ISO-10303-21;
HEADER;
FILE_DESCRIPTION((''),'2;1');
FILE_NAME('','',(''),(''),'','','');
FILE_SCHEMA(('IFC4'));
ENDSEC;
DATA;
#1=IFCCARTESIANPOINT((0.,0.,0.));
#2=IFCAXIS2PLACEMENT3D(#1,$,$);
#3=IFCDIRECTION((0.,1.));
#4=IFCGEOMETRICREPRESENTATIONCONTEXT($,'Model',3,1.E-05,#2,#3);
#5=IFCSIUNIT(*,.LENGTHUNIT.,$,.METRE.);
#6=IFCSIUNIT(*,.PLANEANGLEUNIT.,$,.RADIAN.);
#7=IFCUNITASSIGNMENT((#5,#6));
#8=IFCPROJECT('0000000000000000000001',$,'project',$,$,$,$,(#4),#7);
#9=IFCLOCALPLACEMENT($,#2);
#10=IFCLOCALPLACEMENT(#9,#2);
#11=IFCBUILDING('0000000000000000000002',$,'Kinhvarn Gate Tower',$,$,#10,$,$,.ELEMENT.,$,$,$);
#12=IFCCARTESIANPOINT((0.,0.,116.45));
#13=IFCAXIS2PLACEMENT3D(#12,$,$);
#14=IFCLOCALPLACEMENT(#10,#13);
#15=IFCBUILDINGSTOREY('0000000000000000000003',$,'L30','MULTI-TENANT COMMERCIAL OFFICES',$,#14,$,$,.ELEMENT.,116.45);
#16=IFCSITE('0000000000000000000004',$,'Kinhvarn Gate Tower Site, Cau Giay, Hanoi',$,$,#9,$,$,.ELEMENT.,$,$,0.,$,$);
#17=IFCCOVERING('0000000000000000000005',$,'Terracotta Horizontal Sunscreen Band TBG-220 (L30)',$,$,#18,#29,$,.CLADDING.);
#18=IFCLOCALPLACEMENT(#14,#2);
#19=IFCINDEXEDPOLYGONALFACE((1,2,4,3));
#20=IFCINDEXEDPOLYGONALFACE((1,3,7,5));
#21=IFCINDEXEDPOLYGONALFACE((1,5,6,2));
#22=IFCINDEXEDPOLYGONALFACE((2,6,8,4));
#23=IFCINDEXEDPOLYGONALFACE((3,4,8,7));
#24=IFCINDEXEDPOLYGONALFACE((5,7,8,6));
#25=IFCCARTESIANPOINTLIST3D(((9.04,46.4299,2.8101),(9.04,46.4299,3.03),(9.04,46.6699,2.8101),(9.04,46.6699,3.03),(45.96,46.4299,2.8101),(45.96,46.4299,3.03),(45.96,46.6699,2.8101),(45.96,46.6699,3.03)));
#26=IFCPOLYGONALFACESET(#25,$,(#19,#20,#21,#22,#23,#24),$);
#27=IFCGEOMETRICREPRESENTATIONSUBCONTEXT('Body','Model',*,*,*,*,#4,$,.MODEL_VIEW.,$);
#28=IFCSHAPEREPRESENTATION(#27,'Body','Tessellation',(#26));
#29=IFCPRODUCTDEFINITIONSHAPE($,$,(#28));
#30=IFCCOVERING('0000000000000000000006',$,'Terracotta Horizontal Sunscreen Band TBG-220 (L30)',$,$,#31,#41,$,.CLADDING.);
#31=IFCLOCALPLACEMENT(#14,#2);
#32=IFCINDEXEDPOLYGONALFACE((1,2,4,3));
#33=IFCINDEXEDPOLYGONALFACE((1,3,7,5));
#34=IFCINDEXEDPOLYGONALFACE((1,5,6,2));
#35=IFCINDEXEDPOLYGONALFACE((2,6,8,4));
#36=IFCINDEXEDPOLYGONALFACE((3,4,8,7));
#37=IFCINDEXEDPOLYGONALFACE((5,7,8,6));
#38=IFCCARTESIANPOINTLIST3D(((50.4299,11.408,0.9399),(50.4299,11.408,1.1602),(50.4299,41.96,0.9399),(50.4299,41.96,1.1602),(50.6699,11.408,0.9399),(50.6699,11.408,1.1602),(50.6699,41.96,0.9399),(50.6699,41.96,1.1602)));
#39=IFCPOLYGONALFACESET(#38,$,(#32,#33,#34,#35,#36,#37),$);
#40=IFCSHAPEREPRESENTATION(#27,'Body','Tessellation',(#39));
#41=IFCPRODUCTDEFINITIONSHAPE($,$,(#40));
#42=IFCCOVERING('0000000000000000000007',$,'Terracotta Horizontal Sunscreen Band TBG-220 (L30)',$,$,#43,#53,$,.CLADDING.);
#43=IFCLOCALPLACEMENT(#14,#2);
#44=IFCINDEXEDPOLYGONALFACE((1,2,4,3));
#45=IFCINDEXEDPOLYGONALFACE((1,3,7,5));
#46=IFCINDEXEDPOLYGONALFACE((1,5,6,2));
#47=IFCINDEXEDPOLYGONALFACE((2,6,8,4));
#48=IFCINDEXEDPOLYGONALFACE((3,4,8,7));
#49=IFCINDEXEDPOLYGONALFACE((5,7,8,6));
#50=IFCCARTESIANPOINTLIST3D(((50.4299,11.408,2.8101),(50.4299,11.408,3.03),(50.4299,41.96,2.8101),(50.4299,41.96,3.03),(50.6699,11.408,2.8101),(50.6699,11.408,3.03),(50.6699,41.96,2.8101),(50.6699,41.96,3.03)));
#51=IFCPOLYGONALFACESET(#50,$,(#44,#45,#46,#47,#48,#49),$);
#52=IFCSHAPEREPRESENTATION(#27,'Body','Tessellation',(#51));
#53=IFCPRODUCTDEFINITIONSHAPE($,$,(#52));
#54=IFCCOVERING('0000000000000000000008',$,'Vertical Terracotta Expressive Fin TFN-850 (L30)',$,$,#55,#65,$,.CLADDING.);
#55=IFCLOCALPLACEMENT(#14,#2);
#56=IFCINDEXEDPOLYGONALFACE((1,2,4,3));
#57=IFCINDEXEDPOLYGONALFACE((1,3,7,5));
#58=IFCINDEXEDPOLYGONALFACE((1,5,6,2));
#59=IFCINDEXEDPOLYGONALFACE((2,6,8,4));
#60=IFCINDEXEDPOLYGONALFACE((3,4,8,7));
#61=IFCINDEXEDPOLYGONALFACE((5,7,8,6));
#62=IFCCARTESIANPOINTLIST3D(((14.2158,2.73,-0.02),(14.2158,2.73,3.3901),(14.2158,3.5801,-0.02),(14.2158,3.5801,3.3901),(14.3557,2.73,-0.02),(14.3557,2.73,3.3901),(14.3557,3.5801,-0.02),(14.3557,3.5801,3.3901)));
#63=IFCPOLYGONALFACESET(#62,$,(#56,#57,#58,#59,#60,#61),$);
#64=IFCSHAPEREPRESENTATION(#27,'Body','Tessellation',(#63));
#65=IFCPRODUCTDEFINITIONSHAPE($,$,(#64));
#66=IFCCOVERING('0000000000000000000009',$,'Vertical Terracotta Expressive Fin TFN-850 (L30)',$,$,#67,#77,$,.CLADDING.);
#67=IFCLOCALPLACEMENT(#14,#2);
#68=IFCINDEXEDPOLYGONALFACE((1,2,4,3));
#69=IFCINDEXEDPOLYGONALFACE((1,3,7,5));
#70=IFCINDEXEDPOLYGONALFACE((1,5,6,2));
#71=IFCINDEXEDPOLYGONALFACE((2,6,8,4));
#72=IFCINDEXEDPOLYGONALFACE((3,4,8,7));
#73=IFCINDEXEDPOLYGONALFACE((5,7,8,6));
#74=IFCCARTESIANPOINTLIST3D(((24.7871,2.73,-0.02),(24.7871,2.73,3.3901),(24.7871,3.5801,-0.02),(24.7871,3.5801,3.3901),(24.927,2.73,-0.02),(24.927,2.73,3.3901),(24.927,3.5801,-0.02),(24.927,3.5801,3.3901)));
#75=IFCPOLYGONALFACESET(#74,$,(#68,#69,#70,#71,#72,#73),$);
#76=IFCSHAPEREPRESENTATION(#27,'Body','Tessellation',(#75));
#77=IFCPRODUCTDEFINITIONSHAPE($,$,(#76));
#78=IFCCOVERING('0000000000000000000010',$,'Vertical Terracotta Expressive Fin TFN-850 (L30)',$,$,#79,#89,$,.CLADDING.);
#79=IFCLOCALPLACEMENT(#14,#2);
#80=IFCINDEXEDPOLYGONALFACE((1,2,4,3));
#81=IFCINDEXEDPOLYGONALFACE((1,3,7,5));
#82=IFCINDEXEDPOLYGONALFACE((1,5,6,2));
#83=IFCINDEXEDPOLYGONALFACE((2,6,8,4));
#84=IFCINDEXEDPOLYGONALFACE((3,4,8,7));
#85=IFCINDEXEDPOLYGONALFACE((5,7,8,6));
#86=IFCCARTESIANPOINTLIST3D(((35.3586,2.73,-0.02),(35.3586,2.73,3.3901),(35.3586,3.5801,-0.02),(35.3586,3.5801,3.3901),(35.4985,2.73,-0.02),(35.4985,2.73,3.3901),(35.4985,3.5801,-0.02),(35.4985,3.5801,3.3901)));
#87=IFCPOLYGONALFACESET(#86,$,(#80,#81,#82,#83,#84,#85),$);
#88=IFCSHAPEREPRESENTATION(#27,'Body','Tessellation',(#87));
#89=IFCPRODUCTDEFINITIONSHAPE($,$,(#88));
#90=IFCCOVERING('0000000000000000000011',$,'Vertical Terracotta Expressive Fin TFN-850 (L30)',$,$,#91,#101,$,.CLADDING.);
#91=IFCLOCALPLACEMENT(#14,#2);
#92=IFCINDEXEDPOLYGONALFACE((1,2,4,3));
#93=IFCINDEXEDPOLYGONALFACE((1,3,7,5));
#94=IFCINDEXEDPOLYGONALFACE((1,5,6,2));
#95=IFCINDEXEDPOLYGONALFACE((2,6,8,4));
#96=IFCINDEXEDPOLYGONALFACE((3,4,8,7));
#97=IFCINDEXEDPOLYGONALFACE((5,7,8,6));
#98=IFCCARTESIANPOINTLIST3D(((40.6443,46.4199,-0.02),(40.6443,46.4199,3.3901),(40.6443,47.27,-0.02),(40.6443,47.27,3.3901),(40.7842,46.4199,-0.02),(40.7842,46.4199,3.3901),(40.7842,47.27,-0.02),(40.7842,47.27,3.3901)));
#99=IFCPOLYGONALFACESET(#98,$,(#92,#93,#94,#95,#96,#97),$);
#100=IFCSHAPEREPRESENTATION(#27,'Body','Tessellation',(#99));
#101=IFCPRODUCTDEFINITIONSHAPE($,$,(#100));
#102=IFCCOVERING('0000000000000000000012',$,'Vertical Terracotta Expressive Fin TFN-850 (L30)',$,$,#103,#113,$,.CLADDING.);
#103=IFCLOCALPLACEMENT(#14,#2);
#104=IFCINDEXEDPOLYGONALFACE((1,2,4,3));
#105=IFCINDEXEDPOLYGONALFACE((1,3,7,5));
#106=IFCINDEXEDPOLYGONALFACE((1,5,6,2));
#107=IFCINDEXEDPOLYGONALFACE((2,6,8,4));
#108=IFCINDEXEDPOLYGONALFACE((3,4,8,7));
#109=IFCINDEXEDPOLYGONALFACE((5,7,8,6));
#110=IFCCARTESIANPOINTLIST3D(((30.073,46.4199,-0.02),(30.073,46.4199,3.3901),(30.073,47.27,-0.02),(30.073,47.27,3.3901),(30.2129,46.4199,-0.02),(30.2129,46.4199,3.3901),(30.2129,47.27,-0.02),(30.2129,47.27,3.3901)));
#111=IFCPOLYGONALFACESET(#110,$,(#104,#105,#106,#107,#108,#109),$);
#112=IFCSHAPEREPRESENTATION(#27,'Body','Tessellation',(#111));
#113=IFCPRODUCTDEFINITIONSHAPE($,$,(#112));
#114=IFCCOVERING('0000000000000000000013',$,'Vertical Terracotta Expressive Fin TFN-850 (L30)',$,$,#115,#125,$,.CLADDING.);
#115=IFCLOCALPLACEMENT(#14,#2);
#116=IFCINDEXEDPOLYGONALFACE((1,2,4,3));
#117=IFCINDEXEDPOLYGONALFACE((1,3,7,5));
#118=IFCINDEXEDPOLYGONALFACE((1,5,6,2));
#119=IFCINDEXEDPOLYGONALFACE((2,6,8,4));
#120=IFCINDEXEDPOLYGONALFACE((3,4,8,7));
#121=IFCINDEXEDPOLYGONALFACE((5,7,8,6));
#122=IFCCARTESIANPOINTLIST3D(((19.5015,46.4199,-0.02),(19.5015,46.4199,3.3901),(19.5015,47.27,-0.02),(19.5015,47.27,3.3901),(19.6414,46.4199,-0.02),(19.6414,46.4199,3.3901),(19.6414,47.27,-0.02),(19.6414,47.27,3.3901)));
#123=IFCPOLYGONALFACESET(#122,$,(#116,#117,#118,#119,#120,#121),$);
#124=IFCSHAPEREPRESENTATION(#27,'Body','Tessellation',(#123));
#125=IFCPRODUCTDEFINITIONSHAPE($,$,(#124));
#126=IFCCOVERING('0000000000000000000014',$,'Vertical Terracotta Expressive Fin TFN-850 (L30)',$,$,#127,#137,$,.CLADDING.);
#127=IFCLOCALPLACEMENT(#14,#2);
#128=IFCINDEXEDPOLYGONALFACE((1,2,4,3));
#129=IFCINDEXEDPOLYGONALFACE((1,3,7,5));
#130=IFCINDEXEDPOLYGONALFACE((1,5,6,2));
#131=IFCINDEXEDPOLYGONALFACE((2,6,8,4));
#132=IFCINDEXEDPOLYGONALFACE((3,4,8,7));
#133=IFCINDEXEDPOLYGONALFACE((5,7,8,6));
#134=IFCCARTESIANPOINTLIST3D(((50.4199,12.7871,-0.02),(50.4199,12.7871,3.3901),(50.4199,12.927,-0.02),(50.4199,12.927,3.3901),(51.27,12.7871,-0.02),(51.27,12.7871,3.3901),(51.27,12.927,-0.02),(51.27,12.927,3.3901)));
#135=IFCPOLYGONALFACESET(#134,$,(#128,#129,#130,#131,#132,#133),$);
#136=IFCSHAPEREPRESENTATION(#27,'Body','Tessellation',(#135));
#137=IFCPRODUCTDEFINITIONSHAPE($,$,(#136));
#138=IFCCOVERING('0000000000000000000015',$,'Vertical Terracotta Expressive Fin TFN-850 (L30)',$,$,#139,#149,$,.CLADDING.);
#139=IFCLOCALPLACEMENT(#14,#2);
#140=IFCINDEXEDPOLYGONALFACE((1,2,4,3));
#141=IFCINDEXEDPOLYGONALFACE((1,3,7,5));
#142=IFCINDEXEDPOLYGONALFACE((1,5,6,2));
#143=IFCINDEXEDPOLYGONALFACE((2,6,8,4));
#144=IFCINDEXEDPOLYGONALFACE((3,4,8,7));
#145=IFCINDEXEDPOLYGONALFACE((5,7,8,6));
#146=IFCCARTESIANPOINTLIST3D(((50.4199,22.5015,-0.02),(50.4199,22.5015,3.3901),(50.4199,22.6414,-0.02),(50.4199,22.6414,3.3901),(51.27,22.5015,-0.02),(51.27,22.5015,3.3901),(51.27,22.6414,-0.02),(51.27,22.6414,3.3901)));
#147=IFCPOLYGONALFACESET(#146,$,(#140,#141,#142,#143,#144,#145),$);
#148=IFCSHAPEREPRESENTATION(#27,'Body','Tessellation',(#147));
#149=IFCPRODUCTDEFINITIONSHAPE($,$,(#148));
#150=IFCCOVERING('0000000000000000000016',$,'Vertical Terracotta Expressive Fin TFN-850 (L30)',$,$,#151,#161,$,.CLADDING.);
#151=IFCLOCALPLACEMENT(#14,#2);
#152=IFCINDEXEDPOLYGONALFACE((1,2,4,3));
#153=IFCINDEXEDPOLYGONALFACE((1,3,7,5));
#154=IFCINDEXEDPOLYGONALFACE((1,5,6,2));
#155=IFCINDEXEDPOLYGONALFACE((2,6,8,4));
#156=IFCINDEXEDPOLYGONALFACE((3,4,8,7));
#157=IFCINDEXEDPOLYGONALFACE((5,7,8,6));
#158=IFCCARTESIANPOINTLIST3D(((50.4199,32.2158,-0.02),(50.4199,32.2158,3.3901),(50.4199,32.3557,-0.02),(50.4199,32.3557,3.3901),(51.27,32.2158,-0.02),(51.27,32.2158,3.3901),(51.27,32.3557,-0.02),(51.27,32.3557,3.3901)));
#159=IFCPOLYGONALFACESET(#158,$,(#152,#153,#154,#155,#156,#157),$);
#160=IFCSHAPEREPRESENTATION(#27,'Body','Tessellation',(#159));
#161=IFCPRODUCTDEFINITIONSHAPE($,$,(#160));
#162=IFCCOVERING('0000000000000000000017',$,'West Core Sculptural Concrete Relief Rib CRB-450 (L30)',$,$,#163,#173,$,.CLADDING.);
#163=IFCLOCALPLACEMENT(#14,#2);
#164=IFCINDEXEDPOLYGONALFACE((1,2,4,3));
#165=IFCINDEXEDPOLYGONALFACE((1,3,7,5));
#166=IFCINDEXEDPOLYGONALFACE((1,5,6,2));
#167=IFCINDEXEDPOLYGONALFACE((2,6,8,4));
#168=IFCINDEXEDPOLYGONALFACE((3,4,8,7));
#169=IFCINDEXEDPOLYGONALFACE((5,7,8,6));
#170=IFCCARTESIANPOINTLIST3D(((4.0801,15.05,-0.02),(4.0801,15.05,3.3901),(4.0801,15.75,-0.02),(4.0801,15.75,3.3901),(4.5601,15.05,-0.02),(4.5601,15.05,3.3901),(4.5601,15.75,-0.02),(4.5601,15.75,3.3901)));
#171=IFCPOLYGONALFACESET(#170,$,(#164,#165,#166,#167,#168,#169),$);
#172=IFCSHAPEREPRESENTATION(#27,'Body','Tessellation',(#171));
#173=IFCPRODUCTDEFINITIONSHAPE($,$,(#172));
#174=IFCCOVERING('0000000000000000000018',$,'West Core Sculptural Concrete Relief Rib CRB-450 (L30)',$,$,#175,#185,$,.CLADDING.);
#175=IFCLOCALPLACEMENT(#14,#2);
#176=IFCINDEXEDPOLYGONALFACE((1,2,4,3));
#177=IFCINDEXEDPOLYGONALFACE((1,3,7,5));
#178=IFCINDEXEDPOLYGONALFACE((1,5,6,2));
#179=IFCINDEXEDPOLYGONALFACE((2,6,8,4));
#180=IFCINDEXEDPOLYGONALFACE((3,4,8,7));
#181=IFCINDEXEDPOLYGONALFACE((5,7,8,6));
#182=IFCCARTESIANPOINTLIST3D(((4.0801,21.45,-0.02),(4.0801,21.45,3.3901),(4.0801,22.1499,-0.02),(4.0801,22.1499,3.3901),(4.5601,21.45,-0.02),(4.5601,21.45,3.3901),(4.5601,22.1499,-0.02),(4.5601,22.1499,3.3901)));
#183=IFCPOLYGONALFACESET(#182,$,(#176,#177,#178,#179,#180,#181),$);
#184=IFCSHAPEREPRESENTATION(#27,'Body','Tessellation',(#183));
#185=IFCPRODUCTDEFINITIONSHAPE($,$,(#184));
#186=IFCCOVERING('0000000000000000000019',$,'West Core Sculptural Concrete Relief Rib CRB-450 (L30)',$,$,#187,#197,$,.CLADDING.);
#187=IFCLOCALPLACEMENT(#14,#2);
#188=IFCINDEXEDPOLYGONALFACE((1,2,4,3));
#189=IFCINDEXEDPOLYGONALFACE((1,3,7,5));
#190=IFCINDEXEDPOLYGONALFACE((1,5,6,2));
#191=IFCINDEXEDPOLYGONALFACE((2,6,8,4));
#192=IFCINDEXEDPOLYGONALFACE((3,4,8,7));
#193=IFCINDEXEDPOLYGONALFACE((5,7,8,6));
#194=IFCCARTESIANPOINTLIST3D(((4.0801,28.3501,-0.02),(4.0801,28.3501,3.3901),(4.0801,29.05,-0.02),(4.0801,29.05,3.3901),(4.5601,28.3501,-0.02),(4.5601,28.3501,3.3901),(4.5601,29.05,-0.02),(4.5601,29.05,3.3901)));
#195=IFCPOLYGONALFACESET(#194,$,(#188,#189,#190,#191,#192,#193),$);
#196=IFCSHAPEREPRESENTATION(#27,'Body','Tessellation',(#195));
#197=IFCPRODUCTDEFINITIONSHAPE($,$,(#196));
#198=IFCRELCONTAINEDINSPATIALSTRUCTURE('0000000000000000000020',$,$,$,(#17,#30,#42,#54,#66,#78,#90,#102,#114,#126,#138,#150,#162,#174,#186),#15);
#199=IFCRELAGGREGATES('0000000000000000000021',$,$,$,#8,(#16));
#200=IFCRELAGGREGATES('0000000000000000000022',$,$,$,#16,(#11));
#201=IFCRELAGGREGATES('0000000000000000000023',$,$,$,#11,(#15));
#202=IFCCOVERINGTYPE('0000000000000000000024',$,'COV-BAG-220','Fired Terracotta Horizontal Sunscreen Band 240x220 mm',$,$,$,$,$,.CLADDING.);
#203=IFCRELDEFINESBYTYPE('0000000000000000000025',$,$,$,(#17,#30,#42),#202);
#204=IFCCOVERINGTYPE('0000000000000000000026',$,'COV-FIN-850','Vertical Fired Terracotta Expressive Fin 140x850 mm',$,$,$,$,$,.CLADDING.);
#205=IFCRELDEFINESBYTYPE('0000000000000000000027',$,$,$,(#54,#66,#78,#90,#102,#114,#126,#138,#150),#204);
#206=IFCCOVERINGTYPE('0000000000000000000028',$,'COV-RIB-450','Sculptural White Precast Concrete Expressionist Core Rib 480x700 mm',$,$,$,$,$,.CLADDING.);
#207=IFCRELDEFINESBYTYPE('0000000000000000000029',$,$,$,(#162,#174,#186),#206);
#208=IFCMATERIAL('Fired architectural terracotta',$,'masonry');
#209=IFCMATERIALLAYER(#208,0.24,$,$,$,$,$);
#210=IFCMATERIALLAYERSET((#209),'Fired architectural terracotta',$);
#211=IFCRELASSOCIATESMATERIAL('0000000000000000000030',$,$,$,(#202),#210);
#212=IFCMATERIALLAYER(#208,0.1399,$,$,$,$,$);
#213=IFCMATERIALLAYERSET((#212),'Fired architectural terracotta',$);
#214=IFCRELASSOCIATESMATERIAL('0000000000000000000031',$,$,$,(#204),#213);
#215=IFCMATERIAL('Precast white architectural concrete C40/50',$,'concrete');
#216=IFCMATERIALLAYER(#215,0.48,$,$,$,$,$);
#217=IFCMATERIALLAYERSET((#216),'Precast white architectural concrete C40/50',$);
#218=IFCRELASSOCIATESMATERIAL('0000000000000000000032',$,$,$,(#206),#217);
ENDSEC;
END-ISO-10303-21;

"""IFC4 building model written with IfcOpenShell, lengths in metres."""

from ifc_helpers import new_model, si_unit, direction, frame, origin, place, context, subcontext, project, spatial, polyline, outline, extrude, material, layer, layer_set, type_object, element, save


model = new_model("IFC4")

# Units and contexts
model_context = context("Model", 3, precision=1e-05, world=origin(), true_north=direction((0.0, 1.0)))
body_context = subcontext(model_context, "Body", "Model", "MODEL_VIEW")
ifc_project = project(units=[si_unit("LENGTHUNIT", "METRE"), si_unit("PLANEANGLEUNIT", "RADIAN")], contexts=[model_context])

# Site, building, storey
site_placement = place(None, origin())
site = spatial("IfcSite", under=ifc_project, at=site_placement, Name="Kinhvarn Gate Tower Site, Cau Giay, Hanoi", CompositionType="ELEMENT", RefElevation=0.0)
building_placement = place(site_placement, origin())
building = spatial("IfcBuilding", under=site, at=building_placement, Name="Kinhvarn Gate Tower", CompositionType="ELEMENT")
storey_placement = place(building_placement, frame((0.0, 0.0, 116.45)))
storey = spatial("IfcBuildingStorey", under=building, at=storey_placement, Name="L30", Description="MULTI-TENANT COMMERCIAL OFFICES", CompositionType="ELEMENT", Elevation=116.45)

# Shared definitions
ifc_material_1 = material(Name="Precast white architectural concrete C40/50", Category="concrete")

# Coverings
ifc_material_2 = material(Name="Fired architectural terracotta", Category="masonry")
ifc_layer_1 = layer(ifc_material_2, 0.24)
ifc_layer_set_1 = layer_set([ifc_layer_1], Name="Fired architectural terracotta")
covering_type_1 = type_object("IfcCoveringType", Name="COV-BAG-220", Description="Fired Terracotta Horizontal Sunscreen Band 240x220 mm", PredefinedType="CLADDING", material=ifc_layer_set_1)
covering_1_placement = place(storey_placement, frame((0.0, 0.0, 2.8101)))
element("IfcCovering", 1, at=covering_1_placement, inside=storey, type_object=covering_type_1, Name="Terracotta Horizontal Sunscreen Band TBG-220 (L30)", PredefinedType="CLADDING", context=body_context, shape_type="SweptSolid", body=[
    extrude(outline(polyline([(45.96, 46.4299), (9.04, 46.4299), (9.04, 46.6699), (45.96, 46.6699), (45.96, 46.4299)])), origin(), (0.0, 0.0, 1.0), 0.22),
])
covering_2_placement = place(storey_placement, frame((0.0, 0.0, 0.9399)))
element("IfcCovering", 2, at=covering_2_placement, inside=storey, type_object=covering_type_1, Name="Terracotta Horizontal Sunscreen Band TBG-220 (L30)", PredefinedType="CLADDING", context=body_context, shape_type="SweptSolid", body=[
    extrude(outline(polyline([(50.4299, 11.408), (50.4299, 41.96), (50.6699, 41.96), (50.6699, 11.408), (50.4299, 11.408)])), origin(), (0.0, 0.0, 1.0), 0.2202),
])
covering_3_placement = place(storey_placement, frame((0.0, 0.0, 2.8101)))
element("IfcCovering", 3, at=covering_3_placement, inside=storey, type_object=covering_type_1, Name="Terracotta Horizontal Sunscreen Band TBG-220 (L30)", PredefinedType="CLADDING", context=body_context, shape_type="SweptSolid", body=[
    extrude(outline(polyline([(50.4299, 11.408), (50.4299, 41.96), (50.6699, 41.96), (50.6699, 11.408), (50.4299, 11.408)])), origin(), (0.0, 0.0, 1.0), 0.22),
])
ifc_layer_2 = layer(ifc_material_2, 0.1399)
ifc_layer_set_2 = layer_set([ifc_layer_2], Name="Fired architectural terracotta")
covering_type_2 = type_object("IfcCoveringType", Name="COV-FIN-850", Description="Vertical Fired Terracotta Expressive Fin 140x850 mm", PredefinedType="CLADDING", material=ifc_layer_set_2)
covering_4_placement = place(storey_placement, frame((0.0, 0.0, -0.02)))
element("IfcCovering", 4, at=covering_4_placement, inside=storey, type_object=covering_type_2, Name="Vertical Terracotta Expressive Fin TFN-850 (L30)", PredefinedType="CLADDING", context=body_context, shape_type="SweptSolid", body=[
    extrude(outline(polyline([(14.2158, 3.5801), (14.3557, 3.5801), (14.3557, 2.73), (14.2158, 2.73), (14.2158, 3.5801)])), origin(), (0.0, 0.0, 1.0), 3.4102),
])
covering_5_placement = place(storey_placement, frame((0.0, 0.0, -0.02)))
element("IfcCovering", 5, at=covering_5_placement, inside=storey, type_object=covering_type_2, Name="Vertical Terracotta Expressive Fin TFN-850 (L30)", PredefinedType="CLADDING", context=body_context, shape_type="SweptSolid", body=[
    extrude(outline(polyline([(24.7871, 3.5801), (24.927, 3.5801), (24.927, 2.73), (24.7871, 2.73), (24.7871, 3.5801)])), origin(), (0.0, 0.0, 1.0), 3.4102),
])
covering_6_placement = place(storey_placement, frame((0.0, 0.0, -0.02)))
element("IfcCovering", 6, at=covering_6_placement, inside=storey, type_object=covering_type_2, Name="Vertical Terracotta Expressive Fin TFN-850 (L30)", PredefinedType="CLADDING", context=body_context, shape_type="SweptSolid", body=[
    extrude(outline(polyline([(35.3586, 3.5801), (35.4985, 3.5801), (35.4985, 2.73), (35.3586, 2.73), (35.3586, 3.5801)])), origin(), (0.0, 0.0, 1.0), 3.4102),
])
covering_7_placement = place(storey_placement, frame((0.0, 0.0, -0.02)))
element("IfcCovering", 7, at=covering_7_placement, inside=storey, type_object=covering_type_2, Name="Vertical Terracotta Expressive Fin TFN-850 (L30)", PredefinedType="CLADDING", context=body_context, shape_type="SweptSolid", body=[
    extrude(outline(polyline([(40.7842, 46.4199), (40.6443, 46.4199), (40.6443, 47.27), (40.7842, 47.27), (40.7842, 46.4199)])), origin(), (0.0, 0.0, 1.0), 3.4102),
])
covering_8_placement = place(storey_placement, frame((0.0, 0.0, -0.02)))
element("IfcCovering", 8, at=covering_8_placement, inside=storey, type_object=covering_type_2, Name="Vertical Terracotta Expressive Fin TFN-850 (L30)", PredefinedType="CLADDING", context=body_context, shape_type="SweptSolid", body=[
    extrude(outline(polyline([(30.2129, 46.4199), (30.073, 46.4199), (30.073, 47.27), (30.2129, 47.27), (30.2129, 46.4199)])), origin(), (0.0, 0.0, 1.0), 3.4102),
])
covering_9_placement = place(storey_placement, frame((0.0, 0.0, -0.02)))
element("IfcCovering", 9, at=covering_9_placement, inside=storey, type_object=covering_type_2, Name="Vertical Terracotta Expressive Fin TFN-850 (L30)", PredefinedType="CLADDING", context=body_context, shape_type="SweptSolid", body=[
    extrude(outline(polyline([(19.6414, 46.4199), (19.5015, 46.4199), (19.5015, 47.27), (19.6414, 47.27), (19.6414, 46.4199)])), origin(), (0.0, 0.0, 1.0), 3.4102),
])
covering_10_placement = place(storey_placement, frame((0.0, 0.0, -0.02)))
element("IfcCovering", 10, at=covering_10_placement, inside=storey, type_object=covering_type_2, Name="Vertical Terracotta Expressive Fin TFN-850 (L30)", PredefinedType="CLADDING", context=body_context, shape_type="SweptSolid", body=[
    extrude(outline(polyline([(50.4199, 12.7871), (50.4199, 12.927), (51.27, 12.927), (51.27, 12.7871), (50.4199, 12.7871)])), origin(), (0.0, 0.0, 1.0), 3.4102),
])
covering_11_placement = place(storey_placement, frame((0.0, 0.0, -0.02)))
element("IfcCovering", 11, at=covering_11_placement, inside=storey, type_object=covering_type_2, Name="Vertical Terracotta Expressive Fin TFN-850 (L30)", PredefinedType="CLADDING", context=body_context, shape_type="SweptSolid", body=[
    extrude(outline(polyline([(50.4199, 22.5015), (50.4199, 22.6414), (51.27, 22.6414), (51.27, 22.5015), (50.4199, 22.5015)])), origin(), (0.0, 0.0, 1.0), 3.4102),
])
covering_12_placement = place(storey_placement, frame((0.0, 0.0, -0.02)))
element("IfcCovering", 12, at=covering_12_placement, inside=storey, type_object=covering_type_2, Name="Vertical Terracotta Expressive Fin TFN-850 (L30)", PredefinedType="CLADDING", context=body_context, shape_type="SweptSolid", body=[
    extrude(outline(polyline([(50.4199, 32.2158), (50.4199, 32.3557), (51.27, 32.3557), (51.27, 32.2158), (50.4199, 32.2158)])), origin(), (0.0, 0.0, 1.0), 3.4102),
])
ifc_layer_3 = layer(ifc_material_1, 0.48)
ifc_layer_set_3 = layer_set([ifc_layer_3], Name="Precast white architectural concrete C40/50")
covering_type_3 = type_object("IfcCoveringType", Name="COV-RIB-450", Description="Sculptural White Precast Concrete Expressionist Core Rib 480x700 mm", PredefinedType="CLADDING", material=ifc_layer_set_3)
covering_13_placement = place(storey_placement, frame((0.0, 0.0, -0.02)))
element("IfcCovering", 13, at=covering_13_placement, inside=storey, type_object=covering_type_3, Name="West Core Sculptural Concrete Relief Rib CRB-450 (L30)", PredefinedType="CLADDING", context=body_context, shape_type="SweptSolid", body=[
    extrude(outline(polyline([(4.0801, 15.05), (4.5601, 15.05), (4.5601, 15.75), (4.0801, 15.75), (4.0801, 15.05)])), origin(), (0.0, 0.0, 1.0), 3.4102),
])
covering_14_placement = place(storey_placement, frame((0.0, 0.0, -0.02)))
element("IfcCovering", 14, at=covering_14_placement, inside=storey, type_object=covering_type_3, Name="West Core Sculptural Concrete Relief Rib CRB-450 (L30)", PredefinedType="CLADDING", context=body_context, shape_type="SweptSolid", body=[
    extrude(outline(polyline([(4.0801, 21.45), (4.5601, 21.45), (4.5601, 22.1499), (4.0801, 22.1499), (4.0801, 21.45)])), origin(), (0.0, 0.0, 1.0), 3.4102),
])
covering_15_placement = place(storey_placement, frame((0.0, 0.0, -0.02)))
element("IfcCovering", 15, at=covering_15_placement, inside=storey, type_object=covering_type_3, Name="West Core Sculptural Concrete Relief Rib CRB-450 (L30)", PredefinedType="CLADDING", context=body_context, shape_type="SweptSolid", body=[
    extrude(outline(polyline([(4.0801, 28.3501), (4.5601, 28.3501), (4.5601, 29.05), (4.0801, 29.05), (4.0801, 28.3501)])), origin(), (0.0, 0.0, 1.0), 3.4102),
])

save(model, "model.ifc")
